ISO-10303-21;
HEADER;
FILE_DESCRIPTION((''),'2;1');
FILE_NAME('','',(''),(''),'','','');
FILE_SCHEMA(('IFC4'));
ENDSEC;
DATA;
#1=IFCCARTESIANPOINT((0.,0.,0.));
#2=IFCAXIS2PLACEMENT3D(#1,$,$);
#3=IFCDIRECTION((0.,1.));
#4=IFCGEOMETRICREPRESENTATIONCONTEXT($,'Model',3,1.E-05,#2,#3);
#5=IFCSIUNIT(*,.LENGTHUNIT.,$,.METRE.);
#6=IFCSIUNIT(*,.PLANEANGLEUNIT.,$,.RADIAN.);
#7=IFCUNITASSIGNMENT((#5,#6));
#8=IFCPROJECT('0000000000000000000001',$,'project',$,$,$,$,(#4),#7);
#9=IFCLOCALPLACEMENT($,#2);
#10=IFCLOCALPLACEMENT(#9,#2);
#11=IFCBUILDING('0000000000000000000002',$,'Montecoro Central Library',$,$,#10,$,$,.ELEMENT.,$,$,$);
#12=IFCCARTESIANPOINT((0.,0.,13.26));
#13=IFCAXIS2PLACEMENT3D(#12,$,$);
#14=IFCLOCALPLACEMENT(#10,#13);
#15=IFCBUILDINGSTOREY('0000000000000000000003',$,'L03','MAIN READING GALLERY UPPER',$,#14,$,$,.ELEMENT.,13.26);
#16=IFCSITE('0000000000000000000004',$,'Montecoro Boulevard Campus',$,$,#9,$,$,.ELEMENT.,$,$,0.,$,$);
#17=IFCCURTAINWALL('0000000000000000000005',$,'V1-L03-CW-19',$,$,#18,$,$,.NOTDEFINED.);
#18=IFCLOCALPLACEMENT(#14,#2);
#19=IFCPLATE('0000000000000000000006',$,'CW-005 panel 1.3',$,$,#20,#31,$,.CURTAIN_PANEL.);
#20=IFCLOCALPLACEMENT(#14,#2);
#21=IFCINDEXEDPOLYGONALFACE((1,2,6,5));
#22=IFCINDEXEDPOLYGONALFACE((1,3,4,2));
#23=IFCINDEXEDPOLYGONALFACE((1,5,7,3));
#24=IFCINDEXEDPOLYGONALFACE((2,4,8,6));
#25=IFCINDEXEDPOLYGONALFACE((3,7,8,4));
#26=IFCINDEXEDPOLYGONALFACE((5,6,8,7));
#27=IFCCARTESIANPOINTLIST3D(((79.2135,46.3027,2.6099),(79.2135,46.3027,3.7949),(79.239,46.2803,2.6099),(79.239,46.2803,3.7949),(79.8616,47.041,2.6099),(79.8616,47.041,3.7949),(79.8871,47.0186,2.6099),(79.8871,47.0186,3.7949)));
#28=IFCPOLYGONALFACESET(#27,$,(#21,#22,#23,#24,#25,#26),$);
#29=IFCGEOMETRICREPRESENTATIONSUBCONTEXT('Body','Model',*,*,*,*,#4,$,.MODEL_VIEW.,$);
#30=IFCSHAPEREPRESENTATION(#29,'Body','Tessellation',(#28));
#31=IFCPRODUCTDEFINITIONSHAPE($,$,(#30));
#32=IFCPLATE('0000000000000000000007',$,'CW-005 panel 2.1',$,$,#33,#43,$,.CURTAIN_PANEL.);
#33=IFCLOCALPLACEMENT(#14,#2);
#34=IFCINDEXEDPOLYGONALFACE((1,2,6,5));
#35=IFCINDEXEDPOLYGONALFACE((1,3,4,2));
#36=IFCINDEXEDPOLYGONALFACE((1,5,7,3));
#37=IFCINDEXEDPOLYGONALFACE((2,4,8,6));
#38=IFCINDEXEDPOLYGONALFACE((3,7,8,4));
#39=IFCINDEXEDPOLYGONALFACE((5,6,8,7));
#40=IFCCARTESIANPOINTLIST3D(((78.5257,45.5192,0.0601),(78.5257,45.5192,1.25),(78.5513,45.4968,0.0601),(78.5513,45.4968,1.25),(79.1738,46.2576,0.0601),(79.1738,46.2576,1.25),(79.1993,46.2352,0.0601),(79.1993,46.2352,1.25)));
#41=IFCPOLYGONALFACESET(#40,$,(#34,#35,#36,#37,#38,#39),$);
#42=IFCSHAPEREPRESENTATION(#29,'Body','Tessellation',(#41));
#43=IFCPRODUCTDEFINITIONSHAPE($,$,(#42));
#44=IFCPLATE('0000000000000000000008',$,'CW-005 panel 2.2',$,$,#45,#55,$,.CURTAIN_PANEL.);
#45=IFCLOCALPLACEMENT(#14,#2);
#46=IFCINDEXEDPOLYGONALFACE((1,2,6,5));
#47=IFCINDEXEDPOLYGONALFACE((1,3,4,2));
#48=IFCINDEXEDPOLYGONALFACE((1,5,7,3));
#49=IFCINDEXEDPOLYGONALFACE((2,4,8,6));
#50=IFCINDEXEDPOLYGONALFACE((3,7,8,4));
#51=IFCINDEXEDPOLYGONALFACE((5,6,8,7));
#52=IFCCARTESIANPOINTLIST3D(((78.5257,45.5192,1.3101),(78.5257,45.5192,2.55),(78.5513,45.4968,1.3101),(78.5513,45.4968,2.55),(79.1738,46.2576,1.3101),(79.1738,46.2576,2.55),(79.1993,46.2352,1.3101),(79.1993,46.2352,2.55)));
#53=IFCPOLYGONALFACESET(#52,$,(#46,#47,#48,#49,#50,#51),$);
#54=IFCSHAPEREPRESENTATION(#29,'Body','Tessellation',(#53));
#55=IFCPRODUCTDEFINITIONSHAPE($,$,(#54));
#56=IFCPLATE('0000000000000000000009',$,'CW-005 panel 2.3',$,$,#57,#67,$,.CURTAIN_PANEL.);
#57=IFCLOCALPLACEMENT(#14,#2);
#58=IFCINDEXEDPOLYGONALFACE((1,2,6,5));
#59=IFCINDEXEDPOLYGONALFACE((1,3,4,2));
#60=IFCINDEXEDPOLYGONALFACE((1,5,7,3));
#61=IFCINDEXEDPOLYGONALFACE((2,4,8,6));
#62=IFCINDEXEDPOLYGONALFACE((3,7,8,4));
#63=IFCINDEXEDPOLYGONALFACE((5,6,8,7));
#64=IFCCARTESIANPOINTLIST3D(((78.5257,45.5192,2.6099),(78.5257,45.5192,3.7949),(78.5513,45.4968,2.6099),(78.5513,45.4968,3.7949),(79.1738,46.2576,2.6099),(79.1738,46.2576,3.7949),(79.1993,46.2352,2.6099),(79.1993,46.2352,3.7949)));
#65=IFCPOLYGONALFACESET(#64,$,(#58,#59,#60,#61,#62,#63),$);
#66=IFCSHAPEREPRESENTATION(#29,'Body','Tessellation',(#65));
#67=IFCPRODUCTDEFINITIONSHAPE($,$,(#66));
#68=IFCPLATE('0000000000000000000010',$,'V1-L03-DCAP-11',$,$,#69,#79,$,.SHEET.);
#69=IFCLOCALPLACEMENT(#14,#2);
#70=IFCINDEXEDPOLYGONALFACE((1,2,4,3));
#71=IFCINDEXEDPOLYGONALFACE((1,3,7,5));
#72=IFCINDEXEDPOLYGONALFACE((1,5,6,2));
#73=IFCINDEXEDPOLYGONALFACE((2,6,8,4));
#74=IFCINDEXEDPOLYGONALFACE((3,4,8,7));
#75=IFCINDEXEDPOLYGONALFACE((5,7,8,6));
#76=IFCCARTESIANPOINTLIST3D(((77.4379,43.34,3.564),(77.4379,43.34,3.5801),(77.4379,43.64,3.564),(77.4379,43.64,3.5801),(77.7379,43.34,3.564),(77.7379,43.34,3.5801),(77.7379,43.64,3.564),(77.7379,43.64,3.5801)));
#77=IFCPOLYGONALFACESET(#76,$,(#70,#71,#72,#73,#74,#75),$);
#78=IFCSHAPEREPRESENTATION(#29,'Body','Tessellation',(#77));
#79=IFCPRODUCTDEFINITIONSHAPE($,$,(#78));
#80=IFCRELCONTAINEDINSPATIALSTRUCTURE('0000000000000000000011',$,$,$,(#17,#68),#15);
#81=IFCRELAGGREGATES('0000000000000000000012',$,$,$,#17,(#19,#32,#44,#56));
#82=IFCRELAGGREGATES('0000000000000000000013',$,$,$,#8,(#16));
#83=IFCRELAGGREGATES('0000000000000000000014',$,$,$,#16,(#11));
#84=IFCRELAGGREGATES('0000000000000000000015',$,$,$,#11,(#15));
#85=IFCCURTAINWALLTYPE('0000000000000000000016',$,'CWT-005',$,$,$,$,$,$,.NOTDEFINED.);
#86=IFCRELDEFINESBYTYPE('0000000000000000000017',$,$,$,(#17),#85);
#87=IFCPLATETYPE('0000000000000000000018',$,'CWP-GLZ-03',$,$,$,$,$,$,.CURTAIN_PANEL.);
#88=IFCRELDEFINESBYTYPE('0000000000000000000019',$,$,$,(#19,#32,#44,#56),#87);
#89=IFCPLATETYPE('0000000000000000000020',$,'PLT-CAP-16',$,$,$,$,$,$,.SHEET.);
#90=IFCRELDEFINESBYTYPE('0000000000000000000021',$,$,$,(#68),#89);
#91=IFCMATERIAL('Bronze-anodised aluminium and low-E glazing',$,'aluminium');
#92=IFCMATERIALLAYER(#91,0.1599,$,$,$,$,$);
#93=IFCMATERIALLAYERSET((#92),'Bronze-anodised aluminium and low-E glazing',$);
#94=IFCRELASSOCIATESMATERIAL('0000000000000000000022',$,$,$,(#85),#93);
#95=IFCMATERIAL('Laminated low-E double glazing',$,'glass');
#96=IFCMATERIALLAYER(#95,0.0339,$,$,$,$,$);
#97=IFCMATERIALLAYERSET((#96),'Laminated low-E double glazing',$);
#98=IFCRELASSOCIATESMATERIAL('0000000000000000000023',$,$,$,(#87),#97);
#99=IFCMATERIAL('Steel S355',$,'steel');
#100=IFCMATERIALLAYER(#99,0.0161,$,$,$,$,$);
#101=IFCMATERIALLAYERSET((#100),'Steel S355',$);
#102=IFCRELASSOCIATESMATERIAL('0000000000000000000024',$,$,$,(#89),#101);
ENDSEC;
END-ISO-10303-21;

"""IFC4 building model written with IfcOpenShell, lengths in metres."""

from ifc_helpers import new_model, si_unit, direction, frame, origin, origin_2d, place, context, subcontext, project, spatial, rectangle, extrude, material, layer, layer_set, type_object, element, aggregate, save


model = new_model("IFC4")

# Units and contexts
model_context = context("Model", 3, precision=1e-05, world=origin(), true_north=direction((0.0, 1.0)))
body_context = subcontext(model_context, "Body", "Model", "MODEL_VIEW")
ifc_project = project(units=[si_unit("LENGTHUNIT", "METRE"), si_unit("PLANEANGLEUNIT", "RADIAN")], contexts=[model_context])

# Site, building, storey
site_placement = place(None, origin())
site = spatial("IfcSite", under=ifc_project, at=site_placement, Name="Montecoro Boulevard Campus", CompositionType="ELEMENT", RefElevation=0.0)
building_placement = place(site_placement, origin())
building = spatial("IfcBuilding", under=site, at=building_placement, Name="Montecoro Central Library", CompositionType="ELEMENT")
storey_placement = place(building_placement, frame((0.0, 0.0, 13.26)))
storey = spatial("IfcBuildingStorey", under=building, at=storey_placement, Name="L03", Description="MAIN READING GALLERY UPPER", CompositionType="ELEMENT", Elevation=13.26)

# Shared definitions
ifc_material_1 = material(Name="Steel S355", Category="steel")

# Curtain wall, plates
ifc_material_2 = material(Name="Bronze-anodised aluminium and low-E glazing", Category="aluminium")
ifc_layer_1 = layer(ifc_material_2, 0.1599)
ifc_layer_set_1 = layer_set([ifc_layer_1], Name="Bronze-anodised aluminium and low-E glazing")
curtain_wall_type = type_object("IfcCurtainWallType", Name="CWT-005", PredefinedType="NOTDEFINED", material=ifc_layer_set_1)
curtain_wall_placement = place(storey_placement, origin())
curtain_wall = element("IfcCurtainWall", 1, at=curtain_wall_placement, inside=storey, type_object=curtain_wall_type, Name="V1-L03-CW-19", PredefinedType="NOTDEFINED")
ifc_material_3 = material(Name="Laminated low-E double glazing", Category="glass")
ifc_layer_2 = layer(ifc_material_3, 0.0339)
ifc_layer_set_2 = layer_set([ifc_layer_2], Name="Laminated low-E double glazing")
plate_type_1 = type_object("IfcPlateType", Name="CWP-GLZ-03", PredefinedType="CURTAIN_PANEL", material=ifc_layer_set_2)
plate_1_placement = place(storey_placement, frame((79.5503, 46.6606, 2.6099), z_axis=(0.0, 0.0, 1.0), x_axis=(-0.659692, -0.751536, 0.0)))
plate_1 = element("IfcPlate", 2, at=plate_1_placement, type_object=plate_type_1, Name="CW-005 panel 1.3", PredefinedType="CURTAIN_PANEL", context=body_context, shape_type="SweptSolid", body=[
    extrude(rectangle(XDim=0.9824, YDim=0.0339, at=origin_2d()), origin(), (0.0, 0.0, 1.0), 1.1851),
])
plate_2_placement = place(storey_placement, frame((78.8625, 45.8772, 0.0601), z_axis=(0.0, 0.0, 1.0), x_axis=(-0.659692, -0.751536, 0.0)))
plate_2 = element("IfcPlate", 3, at=plate_2_placement, type_object=plate_type_1, Name="CW-005 panel 2.1", PredefinedType="CURTAIN_PANEL", context=body_context, shape_type="SweptSolid", body=[
    extrude(rectangle(XDim=0.9824, YDim=0.0339, at=origin_2d()), origin(), (0.0, 0.0, 1.0), 1.1899),
])
plate_3_placement = place(storey_placement, frame((78.8625, 45.8772, 1.3101), z_axis=(0.0, 0.0, 1.0), x_axis=(-0.659692, -0.751536, 0.0)))
plate_3 = element("IfcPlate", 4, at=plate_3_placement, type_object=plate_type_1, Name="CW-005 panel 2.2", PredefinedType="CURTAIN_PANEL", context=body_context, shape_type="SweptSolid", body=[
    extrude(rectangle(XDim=0.9824, YDim=0.0339, at=origin_2d()), origin(), (0.0, 0.0, 1.0), 1.24),
])
plate_4_placement = place(storey_placement, frame((78.8625, 45.8772, 2.6099), z_axis=(0.0, 0.0, 1.0), x_axis=(-0.659692, -0.751536, 0.0)))
plate_4 = element("IfcPlate", 5, at=plate_4_placement, type_object=plate_type_1, Name="CW-005 panel 2.3", PredefinedType="CURTAIN_PANEL", context=body_context, shape_type="SweptSolid", body=[
    extrude(rectangle(XDim=0.9824, YDim=0.0339, at=origin_2d()), origin(), (0.0, 0.0, 1.0), 1.1851),
])
aggregate(curtain_wall, [plate_1, plate_2, plate_3, plate_4])

# Plate
ifc_layer_3 = layer(ifc_material_1, 0.0161)
ifc_layer_set_3 = layer_set([ifc_layer_3], Name="Steel S355")
plate_type_2 = type_object("IfcPlateType", Name="PLT-CAP-16", PredefinedType="SHEET", material=ifc_layer_set_3)
plate_5_placement = place(storey_placement, frame((77.5879, 43.49, 3.564), z_axis=(0.0, 0.0, 1.0), x_axis=(1.0, 0.0, 0.0)))
element("IfcPlate", 6, at=plate_5_placement, inside=storey, type_object=plate_type_2, Name="V1-L03-DCAP-11", PredefinedType="SHEET", context=body_context, shape_type="SweptSolid", body=[
    extrude(rectangle(XDim=0.3, YDim=0.3, at=origin_2d()), origin(), (0.0, 0.0, 1.0), 0.0161),
])

save(model, "model.ifc")
